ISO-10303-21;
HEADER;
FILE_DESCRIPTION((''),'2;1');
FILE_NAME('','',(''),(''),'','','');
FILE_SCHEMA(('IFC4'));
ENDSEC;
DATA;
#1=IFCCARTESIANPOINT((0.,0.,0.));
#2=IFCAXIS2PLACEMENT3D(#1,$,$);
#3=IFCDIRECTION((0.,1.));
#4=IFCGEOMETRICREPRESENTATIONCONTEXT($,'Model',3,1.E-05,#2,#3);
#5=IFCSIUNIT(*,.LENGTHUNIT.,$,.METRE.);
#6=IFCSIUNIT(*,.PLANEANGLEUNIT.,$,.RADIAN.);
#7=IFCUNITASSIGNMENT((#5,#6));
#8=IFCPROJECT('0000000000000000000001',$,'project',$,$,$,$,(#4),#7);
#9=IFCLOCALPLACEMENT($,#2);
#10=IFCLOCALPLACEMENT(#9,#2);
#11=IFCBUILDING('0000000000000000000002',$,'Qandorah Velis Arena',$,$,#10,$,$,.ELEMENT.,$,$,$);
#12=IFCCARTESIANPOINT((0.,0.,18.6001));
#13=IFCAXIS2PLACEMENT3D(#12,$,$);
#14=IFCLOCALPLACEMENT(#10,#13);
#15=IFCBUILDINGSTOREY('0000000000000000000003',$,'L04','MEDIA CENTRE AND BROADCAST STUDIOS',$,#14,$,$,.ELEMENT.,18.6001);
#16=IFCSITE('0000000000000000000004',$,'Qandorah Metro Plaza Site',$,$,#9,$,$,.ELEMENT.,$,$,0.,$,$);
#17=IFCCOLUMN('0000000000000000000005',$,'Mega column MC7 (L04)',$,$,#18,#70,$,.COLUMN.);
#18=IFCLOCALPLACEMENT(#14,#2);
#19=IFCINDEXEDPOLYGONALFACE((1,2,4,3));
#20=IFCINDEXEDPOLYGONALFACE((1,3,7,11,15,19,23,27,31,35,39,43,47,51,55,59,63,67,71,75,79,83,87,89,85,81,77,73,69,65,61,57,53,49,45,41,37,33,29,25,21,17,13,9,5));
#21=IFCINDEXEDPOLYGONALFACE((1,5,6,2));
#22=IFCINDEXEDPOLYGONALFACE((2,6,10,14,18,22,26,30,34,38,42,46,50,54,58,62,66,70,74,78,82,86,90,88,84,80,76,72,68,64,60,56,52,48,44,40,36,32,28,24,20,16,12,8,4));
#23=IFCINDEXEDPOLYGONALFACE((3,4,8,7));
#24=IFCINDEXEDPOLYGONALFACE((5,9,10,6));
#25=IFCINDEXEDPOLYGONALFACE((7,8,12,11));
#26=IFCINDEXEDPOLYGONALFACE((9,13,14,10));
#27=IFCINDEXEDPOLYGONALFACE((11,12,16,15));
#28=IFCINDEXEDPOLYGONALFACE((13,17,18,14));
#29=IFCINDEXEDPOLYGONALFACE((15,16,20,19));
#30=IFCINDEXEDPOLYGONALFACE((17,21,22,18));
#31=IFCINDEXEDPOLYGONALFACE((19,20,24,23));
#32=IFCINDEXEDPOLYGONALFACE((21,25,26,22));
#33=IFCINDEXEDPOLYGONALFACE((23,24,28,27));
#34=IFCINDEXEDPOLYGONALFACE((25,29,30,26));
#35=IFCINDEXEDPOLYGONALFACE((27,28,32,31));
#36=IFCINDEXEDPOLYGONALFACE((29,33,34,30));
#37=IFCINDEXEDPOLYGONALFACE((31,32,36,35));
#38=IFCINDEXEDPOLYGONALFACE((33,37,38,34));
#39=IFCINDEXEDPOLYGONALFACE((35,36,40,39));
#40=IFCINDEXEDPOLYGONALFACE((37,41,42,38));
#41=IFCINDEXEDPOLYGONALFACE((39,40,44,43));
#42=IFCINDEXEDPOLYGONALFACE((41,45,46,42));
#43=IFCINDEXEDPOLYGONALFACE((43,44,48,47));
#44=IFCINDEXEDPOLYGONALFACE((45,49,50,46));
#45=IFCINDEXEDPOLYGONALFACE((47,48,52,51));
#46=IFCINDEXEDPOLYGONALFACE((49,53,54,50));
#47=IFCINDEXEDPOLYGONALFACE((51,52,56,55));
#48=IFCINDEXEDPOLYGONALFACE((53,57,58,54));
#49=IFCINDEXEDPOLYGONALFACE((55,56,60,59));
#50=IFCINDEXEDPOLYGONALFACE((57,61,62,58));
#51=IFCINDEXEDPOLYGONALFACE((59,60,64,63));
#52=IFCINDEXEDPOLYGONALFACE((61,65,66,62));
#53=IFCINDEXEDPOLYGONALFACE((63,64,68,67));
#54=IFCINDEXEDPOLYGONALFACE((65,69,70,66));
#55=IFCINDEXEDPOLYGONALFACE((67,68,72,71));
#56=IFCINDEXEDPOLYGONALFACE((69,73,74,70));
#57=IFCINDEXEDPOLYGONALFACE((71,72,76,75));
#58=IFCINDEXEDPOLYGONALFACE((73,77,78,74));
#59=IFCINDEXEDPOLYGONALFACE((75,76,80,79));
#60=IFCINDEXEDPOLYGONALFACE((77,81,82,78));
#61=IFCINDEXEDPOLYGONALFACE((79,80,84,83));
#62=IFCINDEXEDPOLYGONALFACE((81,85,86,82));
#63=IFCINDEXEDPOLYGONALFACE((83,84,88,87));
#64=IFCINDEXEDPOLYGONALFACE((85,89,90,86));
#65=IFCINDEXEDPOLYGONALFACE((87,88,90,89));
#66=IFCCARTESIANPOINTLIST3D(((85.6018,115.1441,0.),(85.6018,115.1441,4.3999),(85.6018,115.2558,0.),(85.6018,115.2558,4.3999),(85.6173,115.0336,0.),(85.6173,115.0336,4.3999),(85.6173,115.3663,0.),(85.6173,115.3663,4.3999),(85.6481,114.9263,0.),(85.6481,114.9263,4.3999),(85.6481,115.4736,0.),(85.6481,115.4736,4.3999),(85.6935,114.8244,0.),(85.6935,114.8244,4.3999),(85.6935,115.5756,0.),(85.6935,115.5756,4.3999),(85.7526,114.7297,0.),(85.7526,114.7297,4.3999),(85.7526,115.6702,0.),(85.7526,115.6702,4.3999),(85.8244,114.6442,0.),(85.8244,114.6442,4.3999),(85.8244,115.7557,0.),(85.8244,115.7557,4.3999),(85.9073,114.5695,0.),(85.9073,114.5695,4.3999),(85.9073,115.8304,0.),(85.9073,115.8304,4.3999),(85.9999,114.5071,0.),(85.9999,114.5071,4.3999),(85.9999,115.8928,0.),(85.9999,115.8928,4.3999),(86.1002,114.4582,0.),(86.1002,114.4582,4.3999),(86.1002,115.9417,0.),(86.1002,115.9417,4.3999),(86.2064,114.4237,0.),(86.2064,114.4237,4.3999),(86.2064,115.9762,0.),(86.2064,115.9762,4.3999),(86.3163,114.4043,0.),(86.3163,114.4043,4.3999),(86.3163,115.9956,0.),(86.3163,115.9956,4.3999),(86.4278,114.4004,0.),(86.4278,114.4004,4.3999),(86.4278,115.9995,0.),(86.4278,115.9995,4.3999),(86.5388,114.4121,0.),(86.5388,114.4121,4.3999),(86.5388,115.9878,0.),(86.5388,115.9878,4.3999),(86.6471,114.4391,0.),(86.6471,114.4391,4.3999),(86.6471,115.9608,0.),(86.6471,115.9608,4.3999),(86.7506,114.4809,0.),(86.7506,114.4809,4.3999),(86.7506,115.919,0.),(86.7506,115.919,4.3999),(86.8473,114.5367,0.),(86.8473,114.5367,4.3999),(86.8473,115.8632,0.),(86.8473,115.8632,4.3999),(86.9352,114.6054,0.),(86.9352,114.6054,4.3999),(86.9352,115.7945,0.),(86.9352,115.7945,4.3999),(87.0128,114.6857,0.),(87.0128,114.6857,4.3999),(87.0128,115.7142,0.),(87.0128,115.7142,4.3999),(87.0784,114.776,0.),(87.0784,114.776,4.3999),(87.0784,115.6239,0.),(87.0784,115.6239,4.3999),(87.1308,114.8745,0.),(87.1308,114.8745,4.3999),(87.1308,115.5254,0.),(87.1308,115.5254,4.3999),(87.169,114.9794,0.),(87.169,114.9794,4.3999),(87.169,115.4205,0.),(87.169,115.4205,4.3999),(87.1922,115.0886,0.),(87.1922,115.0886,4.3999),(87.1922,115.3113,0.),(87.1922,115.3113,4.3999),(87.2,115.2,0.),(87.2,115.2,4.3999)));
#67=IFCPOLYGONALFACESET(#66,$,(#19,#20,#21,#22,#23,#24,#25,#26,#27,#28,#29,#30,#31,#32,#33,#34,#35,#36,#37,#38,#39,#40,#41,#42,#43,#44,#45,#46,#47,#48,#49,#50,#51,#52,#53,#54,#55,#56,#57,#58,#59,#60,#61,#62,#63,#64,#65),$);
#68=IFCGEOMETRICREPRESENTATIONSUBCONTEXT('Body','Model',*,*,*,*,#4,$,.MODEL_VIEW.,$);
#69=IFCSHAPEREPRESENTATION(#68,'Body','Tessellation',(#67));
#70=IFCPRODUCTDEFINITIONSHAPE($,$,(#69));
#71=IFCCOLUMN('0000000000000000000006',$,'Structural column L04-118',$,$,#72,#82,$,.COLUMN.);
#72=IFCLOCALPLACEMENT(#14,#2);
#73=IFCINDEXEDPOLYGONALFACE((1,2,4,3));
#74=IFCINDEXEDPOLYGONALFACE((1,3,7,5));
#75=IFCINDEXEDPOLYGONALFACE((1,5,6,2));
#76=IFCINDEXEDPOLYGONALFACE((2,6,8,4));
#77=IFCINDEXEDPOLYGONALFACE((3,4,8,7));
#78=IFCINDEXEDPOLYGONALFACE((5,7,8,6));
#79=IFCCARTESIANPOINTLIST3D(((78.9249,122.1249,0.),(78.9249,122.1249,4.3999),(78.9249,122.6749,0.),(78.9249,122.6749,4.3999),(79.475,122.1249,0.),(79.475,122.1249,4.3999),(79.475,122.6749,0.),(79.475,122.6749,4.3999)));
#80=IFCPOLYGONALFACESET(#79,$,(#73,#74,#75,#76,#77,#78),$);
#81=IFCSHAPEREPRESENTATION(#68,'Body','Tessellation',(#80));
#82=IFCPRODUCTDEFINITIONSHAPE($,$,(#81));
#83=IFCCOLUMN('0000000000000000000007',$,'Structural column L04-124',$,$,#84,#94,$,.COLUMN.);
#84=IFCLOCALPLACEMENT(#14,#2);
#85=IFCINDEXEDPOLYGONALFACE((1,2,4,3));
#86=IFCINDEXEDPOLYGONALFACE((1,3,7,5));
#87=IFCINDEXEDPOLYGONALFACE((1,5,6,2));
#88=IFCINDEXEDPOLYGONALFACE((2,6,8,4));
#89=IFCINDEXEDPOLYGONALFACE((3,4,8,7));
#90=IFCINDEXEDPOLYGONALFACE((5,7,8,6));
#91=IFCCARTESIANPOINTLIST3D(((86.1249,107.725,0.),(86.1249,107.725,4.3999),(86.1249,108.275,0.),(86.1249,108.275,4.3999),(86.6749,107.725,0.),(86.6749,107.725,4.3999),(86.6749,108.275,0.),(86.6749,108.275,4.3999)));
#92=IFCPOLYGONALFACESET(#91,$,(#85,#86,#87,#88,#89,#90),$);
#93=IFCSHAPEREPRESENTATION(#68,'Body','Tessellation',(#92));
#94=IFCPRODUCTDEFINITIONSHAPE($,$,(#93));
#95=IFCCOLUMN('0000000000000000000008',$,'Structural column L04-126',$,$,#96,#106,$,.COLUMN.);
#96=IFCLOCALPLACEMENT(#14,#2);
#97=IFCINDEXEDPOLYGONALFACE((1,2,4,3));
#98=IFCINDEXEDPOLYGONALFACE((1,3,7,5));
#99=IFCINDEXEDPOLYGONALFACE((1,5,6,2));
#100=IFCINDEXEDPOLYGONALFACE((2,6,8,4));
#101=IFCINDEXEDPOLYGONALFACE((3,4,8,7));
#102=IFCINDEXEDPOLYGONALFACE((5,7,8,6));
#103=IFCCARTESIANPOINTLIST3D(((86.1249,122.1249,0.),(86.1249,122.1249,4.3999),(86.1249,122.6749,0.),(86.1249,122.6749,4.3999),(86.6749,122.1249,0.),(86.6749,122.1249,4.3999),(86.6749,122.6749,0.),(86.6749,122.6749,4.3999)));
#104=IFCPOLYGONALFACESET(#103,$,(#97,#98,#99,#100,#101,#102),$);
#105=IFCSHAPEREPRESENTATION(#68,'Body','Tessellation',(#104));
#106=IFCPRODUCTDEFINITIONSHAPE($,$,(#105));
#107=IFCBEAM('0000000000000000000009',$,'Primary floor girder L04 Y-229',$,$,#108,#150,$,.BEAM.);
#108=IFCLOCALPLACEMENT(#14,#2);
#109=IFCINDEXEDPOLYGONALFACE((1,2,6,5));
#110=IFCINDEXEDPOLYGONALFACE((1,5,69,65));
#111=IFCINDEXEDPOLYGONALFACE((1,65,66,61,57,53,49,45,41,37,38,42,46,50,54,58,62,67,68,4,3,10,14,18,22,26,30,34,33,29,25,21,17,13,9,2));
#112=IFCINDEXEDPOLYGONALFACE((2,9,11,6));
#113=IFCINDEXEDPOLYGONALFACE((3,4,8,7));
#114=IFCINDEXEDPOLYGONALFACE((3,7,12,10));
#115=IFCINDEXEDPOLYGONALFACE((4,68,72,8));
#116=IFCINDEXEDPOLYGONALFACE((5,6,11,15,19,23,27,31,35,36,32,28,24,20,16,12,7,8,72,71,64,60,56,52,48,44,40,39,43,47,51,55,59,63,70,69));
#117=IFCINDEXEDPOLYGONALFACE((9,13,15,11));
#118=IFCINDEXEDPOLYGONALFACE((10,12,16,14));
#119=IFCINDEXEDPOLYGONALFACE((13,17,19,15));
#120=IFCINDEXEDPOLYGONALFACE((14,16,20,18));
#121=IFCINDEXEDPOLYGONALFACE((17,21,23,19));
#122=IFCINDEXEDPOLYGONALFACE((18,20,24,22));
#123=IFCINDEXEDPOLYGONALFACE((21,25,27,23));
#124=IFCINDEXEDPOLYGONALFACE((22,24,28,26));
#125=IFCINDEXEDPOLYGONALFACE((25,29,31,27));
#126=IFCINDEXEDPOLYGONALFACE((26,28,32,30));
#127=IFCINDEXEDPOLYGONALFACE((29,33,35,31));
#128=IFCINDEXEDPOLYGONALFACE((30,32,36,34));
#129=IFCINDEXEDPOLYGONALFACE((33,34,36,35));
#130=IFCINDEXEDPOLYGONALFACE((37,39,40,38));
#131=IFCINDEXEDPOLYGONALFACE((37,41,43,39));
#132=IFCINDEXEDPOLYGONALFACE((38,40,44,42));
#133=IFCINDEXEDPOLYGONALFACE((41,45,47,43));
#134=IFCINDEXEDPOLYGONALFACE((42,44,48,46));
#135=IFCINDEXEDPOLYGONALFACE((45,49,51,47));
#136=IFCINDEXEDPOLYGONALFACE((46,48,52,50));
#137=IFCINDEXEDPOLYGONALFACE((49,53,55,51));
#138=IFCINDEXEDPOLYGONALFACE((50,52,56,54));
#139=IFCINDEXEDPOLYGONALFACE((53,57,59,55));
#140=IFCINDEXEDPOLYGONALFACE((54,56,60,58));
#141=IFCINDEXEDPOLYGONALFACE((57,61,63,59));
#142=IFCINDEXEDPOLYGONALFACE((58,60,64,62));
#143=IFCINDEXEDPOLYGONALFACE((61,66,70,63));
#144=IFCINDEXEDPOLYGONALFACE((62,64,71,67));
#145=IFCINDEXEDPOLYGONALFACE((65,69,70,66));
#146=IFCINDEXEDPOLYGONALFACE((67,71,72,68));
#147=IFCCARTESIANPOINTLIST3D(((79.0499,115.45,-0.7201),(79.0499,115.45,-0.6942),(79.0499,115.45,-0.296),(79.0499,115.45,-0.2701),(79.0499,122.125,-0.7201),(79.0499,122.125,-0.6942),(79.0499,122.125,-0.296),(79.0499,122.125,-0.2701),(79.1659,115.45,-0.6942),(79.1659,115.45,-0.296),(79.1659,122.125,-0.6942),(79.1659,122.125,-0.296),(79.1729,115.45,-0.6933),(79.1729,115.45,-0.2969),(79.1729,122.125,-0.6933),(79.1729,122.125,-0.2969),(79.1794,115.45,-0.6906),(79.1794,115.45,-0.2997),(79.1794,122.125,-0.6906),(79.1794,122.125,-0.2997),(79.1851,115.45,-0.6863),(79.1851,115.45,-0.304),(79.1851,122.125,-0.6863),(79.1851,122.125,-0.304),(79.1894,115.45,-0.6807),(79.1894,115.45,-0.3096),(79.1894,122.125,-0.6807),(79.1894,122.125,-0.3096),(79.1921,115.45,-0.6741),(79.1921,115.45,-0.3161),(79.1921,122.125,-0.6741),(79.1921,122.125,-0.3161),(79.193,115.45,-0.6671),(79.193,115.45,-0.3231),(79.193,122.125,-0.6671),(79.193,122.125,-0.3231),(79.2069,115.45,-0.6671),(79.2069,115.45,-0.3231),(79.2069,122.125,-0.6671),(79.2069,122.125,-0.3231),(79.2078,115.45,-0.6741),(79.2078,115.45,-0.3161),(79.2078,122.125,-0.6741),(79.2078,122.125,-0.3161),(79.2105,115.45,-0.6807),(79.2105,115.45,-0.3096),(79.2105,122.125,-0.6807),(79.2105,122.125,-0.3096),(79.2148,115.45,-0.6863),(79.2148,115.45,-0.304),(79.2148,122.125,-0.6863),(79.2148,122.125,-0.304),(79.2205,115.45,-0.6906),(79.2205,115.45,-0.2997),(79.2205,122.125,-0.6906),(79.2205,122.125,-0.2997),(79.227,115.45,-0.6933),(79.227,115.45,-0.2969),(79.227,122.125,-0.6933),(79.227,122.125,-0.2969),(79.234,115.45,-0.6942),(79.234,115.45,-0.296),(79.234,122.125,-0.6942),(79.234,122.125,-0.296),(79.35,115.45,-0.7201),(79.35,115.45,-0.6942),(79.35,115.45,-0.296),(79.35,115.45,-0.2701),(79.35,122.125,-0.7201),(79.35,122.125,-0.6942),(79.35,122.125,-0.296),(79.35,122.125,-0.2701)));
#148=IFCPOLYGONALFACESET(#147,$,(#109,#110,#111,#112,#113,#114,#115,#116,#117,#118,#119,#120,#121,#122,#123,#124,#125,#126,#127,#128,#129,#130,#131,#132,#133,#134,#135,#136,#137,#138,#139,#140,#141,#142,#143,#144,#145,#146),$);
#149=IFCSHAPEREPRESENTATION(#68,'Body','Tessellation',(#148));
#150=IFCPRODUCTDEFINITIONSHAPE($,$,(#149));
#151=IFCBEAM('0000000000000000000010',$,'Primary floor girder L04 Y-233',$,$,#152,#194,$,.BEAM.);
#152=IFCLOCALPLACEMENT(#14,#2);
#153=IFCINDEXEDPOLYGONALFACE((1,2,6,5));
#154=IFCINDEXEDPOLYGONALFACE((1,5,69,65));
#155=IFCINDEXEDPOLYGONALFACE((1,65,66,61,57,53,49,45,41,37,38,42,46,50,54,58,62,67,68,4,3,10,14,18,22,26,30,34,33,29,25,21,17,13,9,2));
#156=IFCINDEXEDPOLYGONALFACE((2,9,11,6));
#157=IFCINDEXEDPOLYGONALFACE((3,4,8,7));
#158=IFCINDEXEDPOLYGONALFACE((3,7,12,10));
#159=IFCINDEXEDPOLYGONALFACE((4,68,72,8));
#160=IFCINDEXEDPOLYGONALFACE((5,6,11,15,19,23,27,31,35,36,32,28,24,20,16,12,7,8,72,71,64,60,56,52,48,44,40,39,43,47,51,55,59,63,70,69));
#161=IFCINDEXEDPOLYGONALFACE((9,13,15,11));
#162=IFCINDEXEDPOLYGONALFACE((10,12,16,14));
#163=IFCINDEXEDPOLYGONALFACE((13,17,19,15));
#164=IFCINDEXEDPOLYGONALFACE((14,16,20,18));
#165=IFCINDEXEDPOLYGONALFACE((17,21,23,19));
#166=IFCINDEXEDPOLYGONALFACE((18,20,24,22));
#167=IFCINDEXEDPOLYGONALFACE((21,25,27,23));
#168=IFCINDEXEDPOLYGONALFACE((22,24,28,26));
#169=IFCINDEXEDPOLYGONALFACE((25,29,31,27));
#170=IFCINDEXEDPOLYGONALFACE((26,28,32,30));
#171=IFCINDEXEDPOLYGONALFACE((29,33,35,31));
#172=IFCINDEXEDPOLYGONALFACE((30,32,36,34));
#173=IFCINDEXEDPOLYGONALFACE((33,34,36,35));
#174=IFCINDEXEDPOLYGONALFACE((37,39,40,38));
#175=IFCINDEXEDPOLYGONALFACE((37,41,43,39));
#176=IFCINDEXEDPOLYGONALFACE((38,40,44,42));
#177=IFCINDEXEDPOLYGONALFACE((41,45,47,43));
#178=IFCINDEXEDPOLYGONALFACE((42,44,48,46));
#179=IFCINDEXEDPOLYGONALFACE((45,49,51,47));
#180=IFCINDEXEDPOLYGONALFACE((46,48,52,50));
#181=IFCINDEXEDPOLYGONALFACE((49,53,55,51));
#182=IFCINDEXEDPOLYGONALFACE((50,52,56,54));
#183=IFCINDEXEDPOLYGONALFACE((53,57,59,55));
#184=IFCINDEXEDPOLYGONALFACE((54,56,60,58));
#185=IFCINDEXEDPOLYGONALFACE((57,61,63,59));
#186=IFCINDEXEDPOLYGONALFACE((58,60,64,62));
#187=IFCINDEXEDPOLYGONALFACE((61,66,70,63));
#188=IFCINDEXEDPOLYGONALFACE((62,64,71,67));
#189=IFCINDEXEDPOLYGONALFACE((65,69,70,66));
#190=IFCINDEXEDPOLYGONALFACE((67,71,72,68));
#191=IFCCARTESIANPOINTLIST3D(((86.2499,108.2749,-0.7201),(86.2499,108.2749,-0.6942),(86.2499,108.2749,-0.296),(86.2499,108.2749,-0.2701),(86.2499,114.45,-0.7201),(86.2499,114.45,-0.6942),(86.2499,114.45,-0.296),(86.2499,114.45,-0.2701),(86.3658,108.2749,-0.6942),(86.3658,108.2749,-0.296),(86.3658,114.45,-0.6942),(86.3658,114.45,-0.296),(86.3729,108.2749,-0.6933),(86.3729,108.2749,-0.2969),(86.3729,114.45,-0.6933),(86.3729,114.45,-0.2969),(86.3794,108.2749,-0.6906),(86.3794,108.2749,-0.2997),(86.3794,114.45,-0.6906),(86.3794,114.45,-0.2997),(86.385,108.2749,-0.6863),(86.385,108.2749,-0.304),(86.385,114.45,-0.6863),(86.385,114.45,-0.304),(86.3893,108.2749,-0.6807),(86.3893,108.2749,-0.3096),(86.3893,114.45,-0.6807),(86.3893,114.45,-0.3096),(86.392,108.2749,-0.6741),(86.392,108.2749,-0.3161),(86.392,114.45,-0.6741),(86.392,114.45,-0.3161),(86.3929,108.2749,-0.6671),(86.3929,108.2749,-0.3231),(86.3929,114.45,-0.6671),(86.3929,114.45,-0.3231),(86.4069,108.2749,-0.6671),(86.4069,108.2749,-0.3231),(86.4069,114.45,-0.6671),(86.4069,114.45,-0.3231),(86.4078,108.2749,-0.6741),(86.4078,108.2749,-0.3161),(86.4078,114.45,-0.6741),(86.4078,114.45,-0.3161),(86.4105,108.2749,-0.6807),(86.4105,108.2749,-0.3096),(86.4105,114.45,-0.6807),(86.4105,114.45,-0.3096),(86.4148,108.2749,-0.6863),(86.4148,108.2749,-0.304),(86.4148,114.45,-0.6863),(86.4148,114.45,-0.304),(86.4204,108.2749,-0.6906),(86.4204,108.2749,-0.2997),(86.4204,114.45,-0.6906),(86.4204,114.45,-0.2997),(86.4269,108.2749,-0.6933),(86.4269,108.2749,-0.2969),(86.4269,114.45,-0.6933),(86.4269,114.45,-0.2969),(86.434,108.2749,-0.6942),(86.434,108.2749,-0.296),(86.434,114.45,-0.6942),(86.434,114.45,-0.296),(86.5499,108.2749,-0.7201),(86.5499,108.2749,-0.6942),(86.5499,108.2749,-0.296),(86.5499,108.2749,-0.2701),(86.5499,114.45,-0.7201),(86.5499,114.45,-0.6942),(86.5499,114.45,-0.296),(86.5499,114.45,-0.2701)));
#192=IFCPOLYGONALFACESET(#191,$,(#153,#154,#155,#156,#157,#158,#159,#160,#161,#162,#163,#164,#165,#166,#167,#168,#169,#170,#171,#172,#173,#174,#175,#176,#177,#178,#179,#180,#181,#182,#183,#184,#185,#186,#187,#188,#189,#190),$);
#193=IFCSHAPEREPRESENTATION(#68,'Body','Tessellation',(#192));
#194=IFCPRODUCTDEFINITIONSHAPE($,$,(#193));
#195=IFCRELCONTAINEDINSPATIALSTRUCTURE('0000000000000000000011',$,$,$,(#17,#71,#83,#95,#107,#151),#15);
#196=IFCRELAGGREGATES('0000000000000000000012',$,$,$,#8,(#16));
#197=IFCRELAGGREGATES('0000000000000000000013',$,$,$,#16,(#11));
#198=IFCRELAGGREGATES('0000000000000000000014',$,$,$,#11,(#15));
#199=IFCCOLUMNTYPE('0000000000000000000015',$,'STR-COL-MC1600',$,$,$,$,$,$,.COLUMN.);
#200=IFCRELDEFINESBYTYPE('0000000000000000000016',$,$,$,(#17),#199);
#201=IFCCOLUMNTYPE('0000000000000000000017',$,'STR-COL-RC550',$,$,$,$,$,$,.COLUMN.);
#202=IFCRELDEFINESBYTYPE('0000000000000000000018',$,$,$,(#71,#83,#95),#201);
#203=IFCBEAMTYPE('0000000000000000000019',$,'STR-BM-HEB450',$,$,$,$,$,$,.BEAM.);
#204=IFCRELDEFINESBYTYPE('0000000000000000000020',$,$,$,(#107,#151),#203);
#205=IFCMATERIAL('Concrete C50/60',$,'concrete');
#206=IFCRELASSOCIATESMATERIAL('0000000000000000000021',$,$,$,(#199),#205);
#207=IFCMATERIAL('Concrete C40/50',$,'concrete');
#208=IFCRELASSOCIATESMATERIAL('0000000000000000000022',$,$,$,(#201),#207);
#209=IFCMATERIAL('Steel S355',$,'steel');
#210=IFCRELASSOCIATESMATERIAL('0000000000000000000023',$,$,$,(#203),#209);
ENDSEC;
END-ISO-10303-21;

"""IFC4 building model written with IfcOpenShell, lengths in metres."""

from ifc_helpers import new_model, si_unit, direction, frame, origin, origin_2d, place, context, subcontext, project, spatial, rectangle, circle, i_section, extrude, material, material_profile, profile_set, type_object, element, save


model = new_model("IFC4")

# Units and contexts
model_context = context("Model", 3, precision=1e-05, world=origin(), true_north=direction((0.0, 1.0)))
body_context = subcontext(model_context, "Body", "Model", "MODEL_VIEW")
ifc_project = project(units=[si_unit("LENGTHUNIT", "METRE"), si_unit("PLANEANGLEUNIT", "RADIAN")], contexts=[model_context])

# Site, building, storey
site_placement = place(None, origin())
site = spatial("IfcSite", under=ifc_project, at=site_placement, Name="Qandorah Metro Plaza Site", CompositionType="ELEMENT", RefElevation=0.0)
building_placement = place(site_placement, origin())
building = spatial("IfcBuilding", under=site, at=building_placement, Name="Qandorah Velis Arena", CompositionType="ELEMENT")
storey_placement = place(building_placement, frame((0.0, 0.0, 18.6001)))
storey = spatial("IfcBuildingStorey", under=building, at=storey_placement, Name="L04", Description="MEDIA CENTRE AND BROADCAST STUDIOS", CompositionType="ELEMENT", Elevation=18.6001)

# Columns
ifc_material_1 = material(Name="Concrete C50/60", Category="concrete")
ifc_material_profile_1 = material_profile(ifc_material_1, circle(Radius=0.8, at=origin_2d()), Name="MC D1600")
ifc_profile_set_1 = profile_set([ifc_material_profile_1], Name="Concrete C50/60")
column_type_1 = type_object("IfcColumnType", Name="STR-COL-MC1600", PredefinedType="COLUMN", material=ifc_profile_set_1)
column_placement = place(storey_placement, frame((86.3999, 115.2, 0.0), z_axis=(0.0, 0.0, 1.0), x_axis=(1.0, 0.0, 0.0)))
element("IfcColumn", 1, at=column_placement, inside=storey, type_object=column_type_1, Name="Mega column MC7 (L04)", PredefinedType="COLUMN", context=body_context, shape_type="SweptSolid", body=[
    extrude(circle(Radius=0.8, at=origin_2d()), origin(), (0.0, 0.0, 1.0), 4.3999),
])
ifc_material_2 = material(Name="Concrete C40/50", Category="concrete")
ifc_material_profile_2 = material_profile(ifc_material_2, rectangle(XDim=0.55, YDim=0.55, at=origin_2d()), Name="RC COL 550x550")
ifc_profile_set_2 = profile_set([ifc_material_profile_2], Name="Concrete C40/50")
column_type_2 = type_object("IfcColumnType", Name="STR-COL-RC550", PredefinedType="COLUMN", material=ifc_profile_set_2)
for number, where, z_axis, x_axis, name in (
    (2, (79.2, 122.3999, 0.0), (0.0, 0.0, 1.0), (1.0, 0.0, 0.0), "Structural column L04-118"),
    (3, (86.3999, 108.0, 0.0), (0.0, 0.0, 1.0), (1.0, 0.0, 0.0), "Structural column L04-124"),
    (4, (86.3999, 122.3999, 0.0), (0.0, 0.0, 1.0), (1.0, 0.0, 0.0), "Structural column L04-126"),
):
    element("IfcColumn", number, at=place(storey_placement, frame(where, z_axis=z_axis, x_axis=x_axis)), inside=storey, type_object=column_type_2, Name=name, PredefinedType="COLUMN", context=body_context, shape_type="SweptSolid", body=[
        extrude(rectangle(XDim=0.55, YDim=0.55, at=origin_2d()), origin(), (0.0, 0.0, 1.0), 4.3999),
    ])

# Beams
ifc_material_3 = material(Name="Steel S355", Category="steel")
ifc_material_profile_3 = material_profile(ifc_material_3, i_section(OverallWidth=0.3, OverallDepth=0.45, WebThickness=0.0139, FlangeThickness=0.0259, FilletRadius=0.0271, at=origin_2d()), Name="HEB 450")
ifc_profile_set_3 = profile_set([ifc_material_profile_3], Name="Steel S355")
beam_type_1 = type_object("IfcBeamType", Name="STR-BM-HEB450", PredefinedType="BEAM", material=ifc_profile_set_3)
beam_1_placement = place(storey_placement, frame((79.2, 115.45, -0.4951), z_axis=(0.0, 1.0, 0.0), x_axis=(-1.0, 0.0, 0.0)))
element("IfcBeam", 5, at=beam_1_placement, inside=storey, type_object=beam_type_1, Name="Primary floor girder L04 Y-229", PredefinedType="BEAM", context=body_context, shape_type="SweptSolid", body=[
    extrude(i_section(OverallWidth=0.3, OverallDepth=0.45, WebThickness=0.0139, FlangeThickness=0.0259, FilletRadius=0.0271, at=origin_2d()), origin(), (0.0, 0.0, 1.0), 6.675),
])
for number, where, z_axis, x_axis, name in (
    (6, (86.3999, 108.2749, -0.4951), (0.0, 1.0, 0.0), (-1.0, 0.0, 0.0), "Primary floor girder L04 Y-233"),
):
    element("IfcBeam", number, at=place(storey_placement, frame(where, z_axis=z_axis, x_axis=x_axis)), inside=storey, type_object=beam_type_1, Name=name, PredefinedType="BEAM", context=body_context, shape_type="SweptSolid", body=[
        extrude(i_section(OverallWidth=0.3, OverallDepth=0.45, WebThickness=0.0139, FlangeThickness=0.0259, FilletRadius=0.0271, at=origin_2d()), origin(), (0.0, 0.0, 1.0), 6.175),
    ])

save(model, "model.ifc")
